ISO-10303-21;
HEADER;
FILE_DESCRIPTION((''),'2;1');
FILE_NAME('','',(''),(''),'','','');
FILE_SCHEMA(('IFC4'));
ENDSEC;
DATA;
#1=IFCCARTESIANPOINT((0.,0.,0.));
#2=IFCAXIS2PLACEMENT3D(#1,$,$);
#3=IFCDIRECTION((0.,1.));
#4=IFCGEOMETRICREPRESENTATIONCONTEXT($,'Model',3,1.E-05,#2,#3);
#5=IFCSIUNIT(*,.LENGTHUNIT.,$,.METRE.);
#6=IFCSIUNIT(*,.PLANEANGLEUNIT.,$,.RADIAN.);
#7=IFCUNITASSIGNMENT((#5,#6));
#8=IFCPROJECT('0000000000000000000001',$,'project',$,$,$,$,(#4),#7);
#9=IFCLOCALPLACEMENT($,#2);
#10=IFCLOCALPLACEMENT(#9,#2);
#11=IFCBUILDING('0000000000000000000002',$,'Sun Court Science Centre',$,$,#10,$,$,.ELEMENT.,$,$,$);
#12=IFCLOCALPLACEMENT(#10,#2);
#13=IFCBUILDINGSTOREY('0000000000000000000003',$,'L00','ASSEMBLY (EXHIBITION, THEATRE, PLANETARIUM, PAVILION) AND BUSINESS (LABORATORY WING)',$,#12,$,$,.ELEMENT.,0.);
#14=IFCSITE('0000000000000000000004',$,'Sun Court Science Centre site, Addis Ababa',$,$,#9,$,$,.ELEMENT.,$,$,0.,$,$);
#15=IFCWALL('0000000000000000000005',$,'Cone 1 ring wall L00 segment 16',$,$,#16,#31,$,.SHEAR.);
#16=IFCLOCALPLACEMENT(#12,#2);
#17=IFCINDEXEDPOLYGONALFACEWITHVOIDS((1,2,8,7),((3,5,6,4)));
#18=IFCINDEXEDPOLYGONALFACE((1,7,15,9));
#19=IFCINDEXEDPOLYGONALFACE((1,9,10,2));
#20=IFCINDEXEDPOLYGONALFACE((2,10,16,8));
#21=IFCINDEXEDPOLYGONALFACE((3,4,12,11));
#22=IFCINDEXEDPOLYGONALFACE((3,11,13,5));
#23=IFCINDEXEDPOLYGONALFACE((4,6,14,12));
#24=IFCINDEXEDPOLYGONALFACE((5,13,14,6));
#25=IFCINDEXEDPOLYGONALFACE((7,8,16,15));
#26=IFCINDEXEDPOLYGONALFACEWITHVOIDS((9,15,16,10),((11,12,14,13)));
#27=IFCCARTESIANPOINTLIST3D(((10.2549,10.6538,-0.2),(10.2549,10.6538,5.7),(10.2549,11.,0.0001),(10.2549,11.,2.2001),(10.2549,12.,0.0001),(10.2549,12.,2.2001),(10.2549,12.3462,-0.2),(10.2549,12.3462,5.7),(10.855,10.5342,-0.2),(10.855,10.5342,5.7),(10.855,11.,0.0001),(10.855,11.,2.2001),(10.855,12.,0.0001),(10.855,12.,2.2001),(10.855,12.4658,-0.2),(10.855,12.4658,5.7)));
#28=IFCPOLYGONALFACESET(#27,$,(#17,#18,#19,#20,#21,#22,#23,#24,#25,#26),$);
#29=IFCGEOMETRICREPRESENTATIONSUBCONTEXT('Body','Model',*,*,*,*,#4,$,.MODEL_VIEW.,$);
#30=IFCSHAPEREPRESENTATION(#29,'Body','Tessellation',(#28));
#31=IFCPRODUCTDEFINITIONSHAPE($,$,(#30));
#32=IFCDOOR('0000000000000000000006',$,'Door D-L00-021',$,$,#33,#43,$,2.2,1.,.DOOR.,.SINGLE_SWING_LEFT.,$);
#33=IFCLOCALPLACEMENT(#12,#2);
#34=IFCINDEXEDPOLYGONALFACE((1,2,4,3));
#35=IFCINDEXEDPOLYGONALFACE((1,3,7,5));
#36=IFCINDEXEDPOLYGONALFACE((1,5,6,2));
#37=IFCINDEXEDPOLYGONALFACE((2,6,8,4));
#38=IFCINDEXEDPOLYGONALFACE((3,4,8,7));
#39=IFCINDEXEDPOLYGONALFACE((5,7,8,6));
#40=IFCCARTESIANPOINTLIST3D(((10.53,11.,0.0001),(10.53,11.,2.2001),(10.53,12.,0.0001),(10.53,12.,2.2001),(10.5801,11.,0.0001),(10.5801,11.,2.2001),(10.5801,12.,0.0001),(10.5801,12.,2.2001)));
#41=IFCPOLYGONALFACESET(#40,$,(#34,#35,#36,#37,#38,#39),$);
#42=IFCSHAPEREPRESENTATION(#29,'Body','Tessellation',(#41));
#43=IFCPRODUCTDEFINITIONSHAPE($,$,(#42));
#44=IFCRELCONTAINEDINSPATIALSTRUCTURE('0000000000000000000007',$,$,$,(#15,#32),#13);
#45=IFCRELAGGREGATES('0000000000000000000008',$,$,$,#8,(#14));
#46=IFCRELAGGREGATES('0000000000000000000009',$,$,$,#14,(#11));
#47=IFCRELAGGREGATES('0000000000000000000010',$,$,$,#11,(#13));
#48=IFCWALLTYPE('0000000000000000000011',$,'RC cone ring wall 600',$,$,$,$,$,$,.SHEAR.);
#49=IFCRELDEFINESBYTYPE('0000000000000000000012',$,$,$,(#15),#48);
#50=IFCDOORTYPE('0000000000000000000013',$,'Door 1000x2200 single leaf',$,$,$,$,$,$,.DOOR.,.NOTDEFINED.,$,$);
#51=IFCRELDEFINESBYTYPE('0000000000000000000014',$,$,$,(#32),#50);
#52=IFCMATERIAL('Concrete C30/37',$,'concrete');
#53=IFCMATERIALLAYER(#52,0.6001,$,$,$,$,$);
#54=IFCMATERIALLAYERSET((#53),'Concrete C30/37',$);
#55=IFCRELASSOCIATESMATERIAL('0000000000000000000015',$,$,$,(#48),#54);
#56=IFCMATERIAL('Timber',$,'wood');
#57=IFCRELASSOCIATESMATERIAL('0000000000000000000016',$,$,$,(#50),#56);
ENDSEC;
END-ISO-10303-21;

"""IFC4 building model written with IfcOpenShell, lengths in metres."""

from ifc_helpers import new_model, si_unit, direction, frame, frame_2d, origin, place, context, subcontext, project, spatial, polyline, rectangle, outline, extrude, material, layer, layer_set, type_object, element, fill, save


model = new_model("IFC4")

# Units and contexts
model_context = context("Model", 3, precision=1e-05, world=origin(), true_north=direction((0.0, 1.0)))
body_context = subcontext(model_context, "Body", "Model", "MODEL_VIEW")
ifc_project = project(units=[si_unit("LENGTHUNIT", "METRE"), si_unit("PLANEANGLEUNIT", "RADIAN")], contexts=[model_context])

# Site, building, storey
site_placement = place(None, origin())
site = spatial("IfcSite", under=ifc_project, at=site_placement, Name="Sun Court Science Centre site, Addis Ababa", CompositionType="ELEMENT", RefElevation=0.0)
building_placement = place(site_placement, origin())
building = spatial("IfcBuilding", under=site, at=building_placement, Name="Sun Court Science Centre", CompositionType="ELEMENT")
storey_placement = place(building_placement, origin())
storey = spatial("IfcBuildingStorey", under=building, at=storey_placement, Name="L00", Description="ASSEMBLY (EXHIBITION, THEATRE, PLANETARIUM, PAVILION) AND BUSINESS (LABORATORY WING)", CompositionType="ELEMENT", Elevation=0.0)

# Shared definitions
ifc_material_1 = material(Name="Concrete C30/37", Category="concrete")
ifc_layer_1 = layer(ifc_material_1, 0.6001)
ifc_layer_set_1 = layer_set([ifc_layer_1], Name="Concrete C30/37")
wall_type_1 = type_object("IfcWallType", Name="RC cone ring wall 600", PredefinedType="SHEAR", material=ifc_layer_set_1)

# Wall, opening, door
wall_1_placement = place(storey_placement, frame((10.5549, 10.5344, -0.2), z_axis=(0.0, 0.0, 1.0), x_axis=(0.0, 1.0, 0.0)))
wall_1 = element("IfcWall", 1, at=wall_1_placement, inside=storey, type_object=wall_type_1, Name="Cone 1 ring wall L00 segment 16", PredefinedType="SHEAR", context=body_context, shape_type="SweptSolid", body=[
    extrude(outline(polyline([(-0.0002, -0.3), (1.9314, -0.3), (1.8118, 0.3), (0.1194, 0.3), (-0.0002, -0.3)])), origin(), (0.0, 0.0, 1.0), 5.8999),
])
opening_1_placement = place(wall_1_placement, frame((0.4656, 0.0, 0.2)))
opening_1 = element("IfcOpeningElement", 2, at=opening_1_placement, cuts=wall_1, PredefinedType="OPENING", context=body_context, shape_type="SweptSolid", body=[
    extrude(rectangle(XDim=1.0, YDim=2.2, at=frame_2d((0.5, 1.1001))), frame((0.0, 0.3101, 0.0), z_axis=(0.0, -1.0, 0.0), x_axis=(1.0, 0.0, 0.0)), (0.0, 0.0, 1.0), 0.6201),
])
ifc_material_2 = material(Name="Timber", Category="wood")
door_type_1 = type_object("IfcDoorType", Name="Door 1000x2200 single leaf", OperationType="NOTDEFINED", PredefinedType="DOOR", material=ifc_material_2)
door_1_placement = place(opening_1_placement, origin())
door_1 = element("IfcDoor", 3, at=door_1_placement, inside=storey, type_object=door_type_1, Name="Door D-L00-021", OperationType="SINGLE_SWING_LEFT", OverallHeight=2.2, OverallWidth=1.0, PredefinedType="DOOR", context=body_context, shape_type="SweptSolid", body=[
    extrude(rectangle(XDim=1.0, YDim=2.2, at=frame_2d((0.5, 1.1001))), frame((0.0, 0.0249, 0.0), z_axis=(0.0, -1.0, 0.0), x_axis=(1.0, 0.0, 0.0)), (0.0, 0.0, 1.0), 0.05),
])
fill(opening_1, door_1)

save(model, "model.ifc")
